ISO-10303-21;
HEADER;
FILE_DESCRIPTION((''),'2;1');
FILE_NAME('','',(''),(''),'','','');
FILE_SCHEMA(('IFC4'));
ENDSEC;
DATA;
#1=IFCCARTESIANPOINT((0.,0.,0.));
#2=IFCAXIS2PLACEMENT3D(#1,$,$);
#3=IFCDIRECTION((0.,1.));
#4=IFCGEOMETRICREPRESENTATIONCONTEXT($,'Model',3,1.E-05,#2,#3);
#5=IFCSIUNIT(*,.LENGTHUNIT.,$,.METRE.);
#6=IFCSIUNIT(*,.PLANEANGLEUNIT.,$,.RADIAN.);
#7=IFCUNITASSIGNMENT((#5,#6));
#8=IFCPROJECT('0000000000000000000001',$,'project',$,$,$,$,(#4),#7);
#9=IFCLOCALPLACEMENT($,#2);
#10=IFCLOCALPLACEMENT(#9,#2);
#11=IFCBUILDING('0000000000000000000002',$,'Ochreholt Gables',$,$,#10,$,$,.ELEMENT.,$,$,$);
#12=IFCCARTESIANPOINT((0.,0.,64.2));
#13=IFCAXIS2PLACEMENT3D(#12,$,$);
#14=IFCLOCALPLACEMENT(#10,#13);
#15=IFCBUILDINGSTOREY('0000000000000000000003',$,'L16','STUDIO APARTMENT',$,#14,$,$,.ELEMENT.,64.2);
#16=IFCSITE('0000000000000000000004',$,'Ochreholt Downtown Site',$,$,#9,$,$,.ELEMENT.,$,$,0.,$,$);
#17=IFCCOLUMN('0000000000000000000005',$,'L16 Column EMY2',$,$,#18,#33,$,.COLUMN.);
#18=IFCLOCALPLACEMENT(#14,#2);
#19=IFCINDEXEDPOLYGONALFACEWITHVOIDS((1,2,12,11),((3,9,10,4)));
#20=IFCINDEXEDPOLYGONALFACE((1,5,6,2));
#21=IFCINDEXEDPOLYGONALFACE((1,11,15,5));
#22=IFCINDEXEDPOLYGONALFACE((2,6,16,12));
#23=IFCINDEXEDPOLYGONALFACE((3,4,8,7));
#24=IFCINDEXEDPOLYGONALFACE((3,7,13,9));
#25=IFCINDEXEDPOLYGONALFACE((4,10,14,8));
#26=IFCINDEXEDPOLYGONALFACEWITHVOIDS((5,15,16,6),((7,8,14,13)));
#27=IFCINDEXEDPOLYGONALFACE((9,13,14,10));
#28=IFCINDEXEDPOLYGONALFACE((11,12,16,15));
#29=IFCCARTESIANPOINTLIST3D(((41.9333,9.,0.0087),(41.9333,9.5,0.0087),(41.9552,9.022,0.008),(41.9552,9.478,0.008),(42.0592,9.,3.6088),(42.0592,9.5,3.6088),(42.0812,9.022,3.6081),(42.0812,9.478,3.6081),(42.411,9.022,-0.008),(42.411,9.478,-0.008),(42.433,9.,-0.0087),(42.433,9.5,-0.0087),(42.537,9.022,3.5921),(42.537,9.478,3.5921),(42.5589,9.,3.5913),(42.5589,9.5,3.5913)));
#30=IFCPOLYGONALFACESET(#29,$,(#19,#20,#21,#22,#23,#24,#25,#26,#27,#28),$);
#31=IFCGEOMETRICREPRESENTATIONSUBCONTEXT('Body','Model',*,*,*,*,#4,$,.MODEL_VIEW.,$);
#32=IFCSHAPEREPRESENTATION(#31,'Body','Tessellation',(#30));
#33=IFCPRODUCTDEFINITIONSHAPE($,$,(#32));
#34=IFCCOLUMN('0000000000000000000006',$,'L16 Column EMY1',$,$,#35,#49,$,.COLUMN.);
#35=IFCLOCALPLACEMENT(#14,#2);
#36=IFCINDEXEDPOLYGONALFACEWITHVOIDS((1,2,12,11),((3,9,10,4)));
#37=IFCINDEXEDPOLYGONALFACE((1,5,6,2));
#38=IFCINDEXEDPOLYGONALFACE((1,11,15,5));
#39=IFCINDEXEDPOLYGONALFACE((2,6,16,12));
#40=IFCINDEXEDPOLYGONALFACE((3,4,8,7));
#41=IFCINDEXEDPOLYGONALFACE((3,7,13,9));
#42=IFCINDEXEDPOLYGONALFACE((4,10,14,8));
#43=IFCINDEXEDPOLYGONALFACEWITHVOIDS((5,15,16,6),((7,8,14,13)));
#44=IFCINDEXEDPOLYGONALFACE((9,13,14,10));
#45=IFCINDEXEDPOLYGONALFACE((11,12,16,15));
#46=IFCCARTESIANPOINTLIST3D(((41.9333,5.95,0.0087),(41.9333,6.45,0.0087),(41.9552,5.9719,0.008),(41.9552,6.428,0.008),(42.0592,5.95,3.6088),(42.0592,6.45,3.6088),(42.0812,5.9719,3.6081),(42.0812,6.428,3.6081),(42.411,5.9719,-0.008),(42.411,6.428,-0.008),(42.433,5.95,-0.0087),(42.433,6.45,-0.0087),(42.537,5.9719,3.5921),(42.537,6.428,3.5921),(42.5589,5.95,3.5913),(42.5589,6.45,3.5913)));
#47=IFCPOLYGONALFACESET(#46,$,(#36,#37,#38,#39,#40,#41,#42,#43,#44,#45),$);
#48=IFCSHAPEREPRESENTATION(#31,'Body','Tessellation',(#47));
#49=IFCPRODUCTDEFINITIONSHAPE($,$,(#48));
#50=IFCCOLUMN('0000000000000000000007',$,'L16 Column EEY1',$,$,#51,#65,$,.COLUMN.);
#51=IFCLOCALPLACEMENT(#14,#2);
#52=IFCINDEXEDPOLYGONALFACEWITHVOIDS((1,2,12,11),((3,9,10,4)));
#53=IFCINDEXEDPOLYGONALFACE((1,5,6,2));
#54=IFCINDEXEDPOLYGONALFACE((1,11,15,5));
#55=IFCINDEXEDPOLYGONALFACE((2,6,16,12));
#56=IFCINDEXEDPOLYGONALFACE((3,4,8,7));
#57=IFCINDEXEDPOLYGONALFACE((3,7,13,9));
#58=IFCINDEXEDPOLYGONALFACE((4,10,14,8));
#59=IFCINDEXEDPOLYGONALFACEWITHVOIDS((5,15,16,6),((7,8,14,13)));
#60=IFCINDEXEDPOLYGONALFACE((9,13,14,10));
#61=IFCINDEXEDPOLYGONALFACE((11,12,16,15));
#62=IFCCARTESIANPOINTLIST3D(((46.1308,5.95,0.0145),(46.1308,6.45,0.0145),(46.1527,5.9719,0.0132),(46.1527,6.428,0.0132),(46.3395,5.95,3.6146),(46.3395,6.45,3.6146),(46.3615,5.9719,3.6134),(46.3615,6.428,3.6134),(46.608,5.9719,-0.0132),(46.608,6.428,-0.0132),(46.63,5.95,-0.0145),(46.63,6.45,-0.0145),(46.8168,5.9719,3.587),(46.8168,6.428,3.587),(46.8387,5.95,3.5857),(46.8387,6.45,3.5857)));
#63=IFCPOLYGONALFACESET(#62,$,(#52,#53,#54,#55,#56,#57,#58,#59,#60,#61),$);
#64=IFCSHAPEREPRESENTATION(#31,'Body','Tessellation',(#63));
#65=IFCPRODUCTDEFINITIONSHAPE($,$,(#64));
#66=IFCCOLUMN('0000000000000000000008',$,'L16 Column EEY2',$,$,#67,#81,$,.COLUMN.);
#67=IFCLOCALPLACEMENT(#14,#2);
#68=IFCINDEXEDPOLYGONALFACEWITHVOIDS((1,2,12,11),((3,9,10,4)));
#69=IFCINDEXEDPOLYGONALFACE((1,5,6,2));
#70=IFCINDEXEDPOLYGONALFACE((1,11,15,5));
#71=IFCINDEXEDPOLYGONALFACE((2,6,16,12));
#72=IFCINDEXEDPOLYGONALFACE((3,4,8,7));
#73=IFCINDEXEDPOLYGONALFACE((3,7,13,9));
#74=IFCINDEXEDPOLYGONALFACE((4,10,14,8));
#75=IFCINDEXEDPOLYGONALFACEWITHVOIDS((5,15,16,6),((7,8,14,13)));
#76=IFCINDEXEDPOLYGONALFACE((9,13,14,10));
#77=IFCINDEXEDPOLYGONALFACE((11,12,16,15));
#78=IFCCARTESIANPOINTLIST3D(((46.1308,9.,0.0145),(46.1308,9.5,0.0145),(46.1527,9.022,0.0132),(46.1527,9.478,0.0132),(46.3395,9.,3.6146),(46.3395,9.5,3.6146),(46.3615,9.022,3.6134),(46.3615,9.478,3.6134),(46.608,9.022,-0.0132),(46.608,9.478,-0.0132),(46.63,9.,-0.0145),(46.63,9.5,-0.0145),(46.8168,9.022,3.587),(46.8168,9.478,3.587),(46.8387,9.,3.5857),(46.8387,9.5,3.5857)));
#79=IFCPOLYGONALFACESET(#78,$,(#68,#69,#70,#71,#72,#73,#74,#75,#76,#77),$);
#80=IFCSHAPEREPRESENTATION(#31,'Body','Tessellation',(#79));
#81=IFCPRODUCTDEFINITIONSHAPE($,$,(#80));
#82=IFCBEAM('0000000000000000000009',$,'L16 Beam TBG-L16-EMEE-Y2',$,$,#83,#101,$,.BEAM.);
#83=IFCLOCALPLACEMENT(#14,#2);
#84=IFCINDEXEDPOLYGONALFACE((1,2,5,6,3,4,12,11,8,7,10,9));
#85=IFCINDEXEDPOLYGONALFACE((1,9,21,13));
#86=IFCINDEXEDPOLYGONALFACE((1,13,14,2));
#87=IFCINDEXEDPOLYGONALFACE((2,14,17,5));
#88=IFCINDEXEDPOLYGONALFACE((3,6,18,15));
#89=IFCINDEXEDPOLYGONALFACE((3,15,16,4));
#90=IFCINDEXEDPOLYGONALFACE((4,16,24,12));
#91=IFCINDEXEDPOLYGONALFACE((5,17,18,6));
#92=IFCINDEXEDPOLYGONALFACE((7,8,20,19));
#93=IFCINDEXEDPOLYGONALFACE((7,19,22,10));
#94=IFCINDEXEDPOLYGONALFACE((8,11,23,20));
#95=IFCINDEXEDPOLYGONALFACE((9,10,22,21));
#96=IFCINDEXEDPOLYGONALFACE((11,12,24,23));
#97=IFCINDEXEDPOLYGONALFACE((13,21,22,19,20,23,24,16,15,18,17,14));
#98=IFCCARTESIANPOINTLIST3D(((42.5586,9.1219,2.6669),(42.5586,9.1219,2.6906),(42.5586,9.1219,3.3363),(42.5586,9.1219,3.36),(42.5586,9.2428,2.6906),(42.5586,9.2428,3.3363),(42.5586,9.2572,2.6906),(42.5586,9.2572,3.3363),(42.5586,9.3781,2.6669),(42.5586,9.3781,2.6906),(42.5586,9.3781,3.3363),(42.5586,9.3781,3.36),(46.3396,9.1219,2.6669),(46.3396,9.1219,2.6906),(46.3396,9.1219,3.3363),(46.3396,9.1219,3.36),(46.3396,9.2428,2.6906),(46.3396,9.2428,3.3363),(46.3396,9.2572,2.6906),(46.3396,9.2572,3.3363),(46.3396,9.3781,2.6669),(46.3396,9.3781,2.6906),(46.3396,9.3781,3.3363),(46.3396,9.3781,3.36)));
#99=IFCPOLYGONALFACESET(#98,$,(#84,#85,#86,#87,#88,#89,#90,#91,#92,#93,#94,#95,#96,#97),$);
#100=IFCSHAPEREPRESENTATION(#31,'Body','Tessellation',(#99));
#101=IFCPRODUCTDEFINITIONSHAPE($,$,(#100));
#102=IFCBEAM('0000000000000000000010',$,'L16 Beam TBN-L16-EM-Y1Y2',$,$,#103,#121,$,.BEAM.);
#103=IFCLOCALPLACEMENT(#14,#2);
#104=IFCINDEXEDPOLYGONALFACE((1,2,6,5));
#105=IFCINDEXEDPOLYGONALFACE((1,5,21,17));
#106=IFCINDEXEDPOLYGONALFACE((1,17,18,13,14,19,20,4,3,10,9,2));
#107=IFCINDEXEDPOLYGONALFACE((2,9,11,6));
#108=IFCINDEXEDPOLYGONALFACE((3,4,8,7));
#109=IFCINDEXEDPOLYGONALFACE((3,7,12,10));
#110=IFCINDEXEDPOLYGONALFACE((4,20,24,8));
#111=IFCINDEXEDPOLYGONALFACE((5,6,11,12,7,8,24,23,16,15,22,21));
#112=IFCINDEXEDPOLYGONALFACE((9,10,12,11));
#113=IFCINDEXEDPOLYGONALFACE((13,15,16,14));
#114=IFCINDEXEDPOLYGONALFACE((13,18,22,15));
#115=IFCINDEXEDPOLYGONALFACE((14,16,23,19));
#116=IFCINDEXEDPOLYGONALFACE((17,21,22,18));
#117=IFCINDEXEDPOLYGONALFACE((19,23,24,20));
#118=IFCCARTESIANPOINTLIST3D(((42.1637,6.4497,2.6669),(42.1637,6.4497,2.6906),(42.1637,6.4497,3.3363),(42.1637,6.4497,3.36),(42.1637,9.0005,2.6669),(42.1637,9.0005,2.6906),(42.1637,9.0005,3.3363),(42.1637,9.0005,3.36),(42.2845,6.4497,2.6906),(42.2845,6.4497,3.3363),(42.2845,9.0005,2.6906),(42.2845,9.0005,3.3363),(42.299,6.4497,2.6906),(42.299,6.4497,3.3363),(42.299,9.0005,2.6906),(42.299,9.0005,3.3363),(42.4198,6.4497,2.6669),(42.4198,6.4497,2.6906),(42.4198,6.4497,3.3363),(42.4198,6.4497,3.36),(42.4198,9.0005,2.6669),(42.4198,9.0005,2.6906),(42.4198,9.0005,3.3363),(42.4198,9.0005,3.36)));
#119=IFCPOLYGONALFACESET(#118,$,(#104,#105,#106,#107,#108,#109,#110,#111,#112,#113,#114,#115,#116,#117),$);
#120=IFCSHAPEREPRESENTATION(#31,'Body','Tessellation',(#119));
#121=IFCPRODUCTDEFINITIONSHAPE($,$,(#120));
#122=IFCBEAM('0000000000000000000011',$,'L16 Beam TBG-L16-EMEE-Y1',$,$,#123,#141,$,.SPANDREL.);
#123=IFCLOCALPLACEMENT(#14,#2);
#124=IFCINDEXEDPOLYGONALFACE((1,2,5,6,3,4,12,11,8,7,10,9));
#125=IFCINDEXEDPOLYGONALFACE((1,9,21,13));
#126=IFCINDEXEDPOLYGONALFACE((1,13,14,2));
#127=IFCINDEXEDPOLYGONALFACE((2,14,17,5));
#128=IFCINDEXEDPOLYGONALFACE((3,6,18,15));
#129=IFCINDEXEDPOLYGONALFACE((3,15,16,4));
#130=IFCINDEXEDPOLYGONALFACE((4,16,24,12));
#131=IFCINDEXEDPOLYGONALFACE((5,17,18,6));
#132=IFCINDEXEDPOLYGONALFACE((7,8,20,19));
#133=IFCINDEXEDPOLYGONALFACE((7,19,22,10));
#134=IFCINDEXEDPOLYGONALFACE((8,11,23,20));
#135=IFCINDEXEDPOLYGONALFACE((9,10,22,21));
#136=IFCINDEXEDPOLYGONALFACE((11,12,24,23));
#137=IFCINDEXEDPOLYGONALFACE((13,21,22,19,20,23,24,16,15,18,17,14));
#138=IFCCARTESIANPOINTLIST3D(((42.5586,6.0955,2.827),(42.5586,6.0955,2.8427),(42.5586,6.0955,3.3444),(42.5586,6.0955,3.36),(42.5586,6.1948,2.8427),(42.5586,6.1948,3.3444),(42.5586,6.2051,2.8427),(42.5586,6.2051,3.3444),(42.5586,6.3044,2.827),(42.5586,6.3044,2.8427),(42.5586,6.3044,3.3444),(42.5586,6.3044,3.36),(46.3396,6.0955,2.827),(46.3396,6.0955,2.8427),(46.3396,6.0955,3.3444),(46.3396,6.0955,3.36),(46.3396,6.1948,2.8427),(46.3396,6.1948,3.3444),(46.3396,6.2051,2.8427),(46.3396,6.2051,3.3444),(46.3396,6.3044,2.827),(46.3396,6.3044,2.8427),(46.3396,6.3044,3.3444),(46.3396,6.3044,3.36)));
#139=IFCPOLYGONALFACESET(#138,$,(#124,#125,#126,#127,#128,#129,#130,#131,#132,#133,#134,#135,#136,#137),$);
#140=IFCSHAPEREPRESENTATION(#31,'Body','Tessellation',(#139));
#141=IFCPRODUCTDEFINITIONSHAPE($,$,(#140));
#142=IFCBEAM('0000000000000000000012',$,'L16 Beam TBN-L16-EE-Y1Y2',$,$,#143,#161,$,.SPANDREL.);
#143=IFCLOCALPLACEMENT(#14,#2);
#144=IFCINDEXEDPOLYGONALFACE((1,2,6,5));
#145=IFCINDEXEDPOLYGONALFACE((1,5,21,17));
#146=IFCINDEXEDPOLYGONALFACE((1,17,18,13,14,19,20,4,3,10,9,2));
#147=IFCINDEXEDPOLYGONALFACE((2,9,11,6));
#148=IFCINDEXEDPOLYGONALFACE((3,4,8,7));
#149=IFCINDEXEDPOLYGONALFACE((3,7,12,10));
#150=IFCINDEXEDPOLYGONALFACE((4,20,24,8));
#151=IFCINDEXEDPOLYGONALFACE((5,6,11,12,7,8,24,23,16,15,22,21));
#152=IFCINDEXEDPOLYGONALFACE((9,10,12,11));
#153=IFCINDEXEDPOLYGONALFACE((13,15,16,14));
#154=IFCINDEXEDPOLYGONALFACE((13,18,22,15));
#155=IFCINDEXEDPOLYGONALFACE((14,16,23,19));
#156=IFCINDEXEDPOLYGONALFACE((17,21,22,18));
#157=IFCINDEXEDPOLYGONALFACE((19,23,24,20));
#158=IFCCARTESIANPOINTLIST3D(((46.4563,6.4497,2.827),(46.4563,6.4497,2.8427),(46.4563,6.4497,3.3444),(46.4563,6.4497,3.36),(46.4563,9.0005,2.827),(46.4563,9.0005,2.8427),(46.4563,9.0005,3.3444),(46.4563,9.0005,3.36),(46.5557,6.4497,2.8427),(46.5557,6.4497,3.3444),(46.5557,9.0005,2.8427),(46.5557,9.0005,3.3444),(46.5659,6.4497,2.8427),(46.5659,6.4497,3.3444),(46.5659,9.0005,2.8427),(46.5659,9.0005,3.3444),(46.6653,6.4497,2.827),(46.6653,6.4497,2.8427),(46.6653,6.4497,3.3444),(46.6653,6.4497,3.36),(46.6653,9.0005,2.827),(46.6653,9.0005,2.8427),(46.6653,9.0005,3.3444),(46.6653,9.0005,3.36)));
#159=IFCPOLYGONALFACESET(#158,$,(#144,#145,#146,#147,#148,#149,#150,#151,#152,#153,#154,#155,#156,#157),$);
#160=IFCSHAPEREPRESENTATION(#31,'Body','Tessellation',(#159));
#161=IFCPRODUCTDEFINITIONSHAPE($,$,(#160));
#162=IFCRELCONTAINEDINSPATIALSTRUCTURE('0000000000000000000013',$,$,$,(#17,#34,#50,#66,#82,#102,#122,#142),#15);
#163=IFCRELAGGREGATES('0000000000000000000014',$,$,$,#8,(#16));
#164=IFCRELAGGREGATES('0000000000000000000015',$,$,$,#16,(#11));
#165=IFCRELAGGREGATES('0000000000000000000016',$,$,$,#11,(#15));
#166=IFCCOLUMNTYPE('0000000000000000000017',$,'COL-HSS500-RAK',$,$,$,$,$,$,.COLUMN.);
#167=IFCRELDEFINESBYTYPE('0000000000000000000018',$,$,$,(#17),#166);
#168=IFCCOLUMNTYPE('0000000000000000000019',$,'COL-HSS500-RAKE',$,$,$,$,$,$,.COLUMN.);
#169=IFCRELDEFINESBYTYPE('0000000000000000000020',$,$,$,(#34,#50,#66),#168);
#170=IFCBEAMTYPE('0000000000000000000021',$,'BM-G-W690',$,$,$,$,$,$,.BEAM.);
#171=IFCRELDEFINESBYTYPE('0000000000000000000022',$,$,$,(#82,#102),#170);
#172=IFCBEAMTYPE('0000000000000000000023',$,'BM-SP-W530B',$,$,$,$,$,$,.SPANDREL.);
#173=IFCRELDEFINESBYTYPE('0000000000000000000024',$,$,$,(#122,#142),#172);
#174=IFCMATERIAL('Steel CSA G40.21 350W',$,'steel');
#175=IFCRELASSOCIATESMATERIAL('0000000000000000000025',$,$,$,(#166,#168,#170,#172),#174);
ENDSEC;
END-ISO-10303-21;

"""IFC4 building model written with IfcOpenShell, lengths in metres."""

from ifc_helpers import new_model, si_unit, direction, frame, origin, origin_2d, place, context, subcontext, project, spatial, hollow_rectangle, i_section, extrude, material, material_profile, profile_set, type_object, element, save


model = new_model("IFC4")

# Units and contexts
model_context = context("Model", 3, precision=1e-05, world=origin(), true_north=direction((0.0, 1.0)))
body_context = subcontext(model_context, "Body", "Model", "MODEL_VIEW")
ifc_project = project(units=[si_unit("LENGTHUNIT", "METRE"), si_unit("PLANEANGLEUNIT", "RADIAN")], contexts=[model_context])

# Site, building, storey
site_placement = place(None, origin())
site = spatial("IfcSite", under=ifc_project, at=site_placement, Name="Ochreholt Downtown Site", CompositionType="ELEMENT", RefElevation=0.0)
building_placement = place(site_placement, origin())
building = spatial("IfcBuilding", under=site, at=building_placement, Name="Ochreholt Gables", CompositionType="ELEMENT")
storey_placement = place(building_placement, frame((0.0, 0.0, 64.2)))
storey = spatial("IfcBuildingStorey", under=building, at=storey_placement, Name="L16", Description="STUDIO APARTMENT", CompositionType="ELEMENT", Elevation=64.2)

# Columns
ifc_material_1 = material(Name="Steel CSA G40.21 350W", Category="steel")
ifc_material_profile_1 = material_profile(ifc_material_1, hollow_rectangle(XDim=0.5, YDim=0.5, WallThickness=0.022, at=origin_2d()), Name="HSS500X500X22")
ifc_profile_set_1 = profile_set([ifc_material_profile_1], Name="Steel CSA G40.21 350W")
column_type_1 = type_object("IfcColumnType", Name="COL-HSS500-RAK", PredefinedType="COLUMN", material=ifc_profile_set_1)
column_1_placement = place(storey_placement, frame((42.1831, 9.25, 0.0), z_axis=(0.034971, 0.0, 0.999388), x_axis=(0.0, 1.0, 0.0)))
element("IfcColumn", 1, at=column_1_placement, inside=storey, type_object=column_type_1, Name="L16 Column EMY2", PredefinedType="COLUMN", context=body_context, shape_type="SweptSolid", body=[
    extrude(hollow_rectangle(XDim=0.5, YDim=0.5, WallThickness=0.022, at=origin_2d()), origin(), (0.0, 0.0, 1.0), 3.6023),
])
ifc_material_profile_2 = material_profile(ifc_material_1, hollow_rectangle(XDim=0.5, YDim=0.5, WallThickness=0.022, at=origin_2d()), Name="HSS500X500X22")
ifc_profile_set_2 = profile_set([ifc_material_profile_2], Name="Steel CSA G40.21 350W")
column_type_2 = type_object("IfcColumnType", Name="COL-HSS500-RAKE", PredefinedType="COLUMN", material=ifc_profile_set_2)
column_2_placement = place(storey_placement, frame((42.1831, 6.2, 0.0), z_axis=(0.034971, 0.0, 0.999388), x_axis=(0.0, 1.0, 0.0)))
element("IfcColumn", 2, at=column_2_placement, inside=storey, type_object=column_type_2, Name="L16 Column EMY1", PredefinedType="COLUMN", context=body_context, shape_type="SweptSolid", body=[
    extrude(hollow_rectangle(XDim=0.5, YDim=0.5, WallThickness=0.022, at=origin_2d()), origin(), (0.0, 0.0, 1.0), 3.6023),
])
for number, where, z_axis, x_axis, name in (
    (3, (46.3804, 6.2, 0.0), (0.057885, 0.0, 0.998323), (0.0, 1.0, 0.0), "L16 Column EEY1"),
    (4, (46.3804, 9.25, 0.0), (0.057885, 0.0, 0.998323), (0.0, 1.0, 0.0), "L16 Column EEY2"),
):
    element("IfcColumn", number, at=place(storey_placement, frame(where, z_axis=z_axis, x_axis=x_axis)), inside=storey, type_object=column_type_2, Name=name, PredefinedType="COLUMN", context=body_context, shape_type="SweptSolid", body=[
        extrude(hollow_rectangle(XDim=0.5, YDim=0.5, WallThickness=0.022, at=origin_2d()), origin(), (0.0, 0.0, 1.0), 3.6062),
    ])

# Beams
ifc_material_profile_3 = material_profile(ifc_material_1, i_section(OverallWidth=0.2561, OverallDepth=0.6931, WebThickness=0.0144, FlangeThickness=0.0237, at=origin_2d()), Name="W690X170")
ifc_profile_set_3 = profile_set([ifc_material_profile_3], Name="Steel CSA G40.21 350W")
beam_type_1 = type_object("IfcBeamType", Name="BM-G-W690", PredefinedType="BEAM", material=ifc_profile_set_3)
beam_1_placement = place(storey_placement, frame((42.5586, 9.25, 3.0134), z_axis=(1.0, 0.0, 0.0), x_axis=(0.0, 1.0, 0.0)))
element("IfcBeam", 5, at=beam_1_placement, inside=storey, type_object=beam_type_1, Name="L16 Beam TBG-L16-EMEE-Y2", PredefinedType="BEAM", context=body_context, shape_type="SweptSolid", body=[
    extrude(i_section(OverallWidth=0.2561, OverallDepth=0.6931, WebThickness=0.0144, FlangeThickness=0.0237, at=origin_2d()), origin(), (0.0, 0.0, 1.0), 3.781),
])
beam_2_placement = place(storey_placement, frame((42.2917, 6.4497, 3.0134), z_axis=(0.0, 1.0, 0.0), x_axis=(-1.0, 0.0, 0.0)))
element("IfcBeam", 6, at=beam_2_placement, inside=storey, type_object=beam_type_1, Name="L16 Beam TBN-L16-EM-Y1Y2", PredefinedType="BEAM", context=body_context, shape_type="SweptSolid", body=[
    extrude(i_section(OverallWidth=0.2561, OverallDepth=0.6931, WebThickness=0.0144, FlangeThickness=0.0237, at=origin_2d()), origin(), (0.0, 0.0, 1.0), 2.5508),
])
ifc_material_profile_4 = material_profile(ifc_material_1, i_section(OverallWidth=0.209, OverallDepth=0.533, WebThickness=0.0103, FlangeThickness=0.0156, at=origin_2d()), Name="W530X92")
ifc_profile_set_4 = profile_set([ifc_material_profile_4], Name="Steel CSA G40.21 350W")
beam_type_2 = type_object("IfcBeamType", Name="BM-SP-W530B", PredefinedType="SPANDREL", material=ifc_profile_set_4)
beam_3_placement = place(storey_placement, frame((42.5586, 6.2, 3.0935), z_axis=(1.0, 0.0, 0.0), x_axis=(0.0, 1.0, 0.0)))
element("IfcBeam", 7, at=beam_3_placement, inside=storey, type_object=beam_type_2, Name="L16 Beam TBG-L16-EMEE-Y1", PredefinedType="SPANDREL", context=body_context, shape_type="SweptSolid", body=[
    extrude(i_section(OverallWidth=0.209, OverallDepth=0.533, WebThickness=0.0103, FlangeThickness=0.0156, at=origin_2d()), origin(), (0.0, 0.0, 1.0), 3.781),
])
beam_4_placement = place(storey_placement, frame((46.5608, 6.4497, 3.0935), z_axis=(0.0, 1.0, 0.0), x_axis=(-1.0, 0.0, 0.0)))
element("IfcBeam", 8, at=beam_4_placement, inside=storey, type_object=beam_type_2, Name="L16 Beam TBN-L16-EE-Y1Y2", PredefinedType="SPANDREL", context=body_context, shape_type="SweptSolid", body=[
    extrude(i_section(OverallWidth=0.209, OverallDepth=0.533, WebThickness=0.0103, FlangeThickness=0.0156, at=origin_2d()), origin(), (0.0, 0.0, 1.0), 2.5508),
])

save(model, "model.ifc")
